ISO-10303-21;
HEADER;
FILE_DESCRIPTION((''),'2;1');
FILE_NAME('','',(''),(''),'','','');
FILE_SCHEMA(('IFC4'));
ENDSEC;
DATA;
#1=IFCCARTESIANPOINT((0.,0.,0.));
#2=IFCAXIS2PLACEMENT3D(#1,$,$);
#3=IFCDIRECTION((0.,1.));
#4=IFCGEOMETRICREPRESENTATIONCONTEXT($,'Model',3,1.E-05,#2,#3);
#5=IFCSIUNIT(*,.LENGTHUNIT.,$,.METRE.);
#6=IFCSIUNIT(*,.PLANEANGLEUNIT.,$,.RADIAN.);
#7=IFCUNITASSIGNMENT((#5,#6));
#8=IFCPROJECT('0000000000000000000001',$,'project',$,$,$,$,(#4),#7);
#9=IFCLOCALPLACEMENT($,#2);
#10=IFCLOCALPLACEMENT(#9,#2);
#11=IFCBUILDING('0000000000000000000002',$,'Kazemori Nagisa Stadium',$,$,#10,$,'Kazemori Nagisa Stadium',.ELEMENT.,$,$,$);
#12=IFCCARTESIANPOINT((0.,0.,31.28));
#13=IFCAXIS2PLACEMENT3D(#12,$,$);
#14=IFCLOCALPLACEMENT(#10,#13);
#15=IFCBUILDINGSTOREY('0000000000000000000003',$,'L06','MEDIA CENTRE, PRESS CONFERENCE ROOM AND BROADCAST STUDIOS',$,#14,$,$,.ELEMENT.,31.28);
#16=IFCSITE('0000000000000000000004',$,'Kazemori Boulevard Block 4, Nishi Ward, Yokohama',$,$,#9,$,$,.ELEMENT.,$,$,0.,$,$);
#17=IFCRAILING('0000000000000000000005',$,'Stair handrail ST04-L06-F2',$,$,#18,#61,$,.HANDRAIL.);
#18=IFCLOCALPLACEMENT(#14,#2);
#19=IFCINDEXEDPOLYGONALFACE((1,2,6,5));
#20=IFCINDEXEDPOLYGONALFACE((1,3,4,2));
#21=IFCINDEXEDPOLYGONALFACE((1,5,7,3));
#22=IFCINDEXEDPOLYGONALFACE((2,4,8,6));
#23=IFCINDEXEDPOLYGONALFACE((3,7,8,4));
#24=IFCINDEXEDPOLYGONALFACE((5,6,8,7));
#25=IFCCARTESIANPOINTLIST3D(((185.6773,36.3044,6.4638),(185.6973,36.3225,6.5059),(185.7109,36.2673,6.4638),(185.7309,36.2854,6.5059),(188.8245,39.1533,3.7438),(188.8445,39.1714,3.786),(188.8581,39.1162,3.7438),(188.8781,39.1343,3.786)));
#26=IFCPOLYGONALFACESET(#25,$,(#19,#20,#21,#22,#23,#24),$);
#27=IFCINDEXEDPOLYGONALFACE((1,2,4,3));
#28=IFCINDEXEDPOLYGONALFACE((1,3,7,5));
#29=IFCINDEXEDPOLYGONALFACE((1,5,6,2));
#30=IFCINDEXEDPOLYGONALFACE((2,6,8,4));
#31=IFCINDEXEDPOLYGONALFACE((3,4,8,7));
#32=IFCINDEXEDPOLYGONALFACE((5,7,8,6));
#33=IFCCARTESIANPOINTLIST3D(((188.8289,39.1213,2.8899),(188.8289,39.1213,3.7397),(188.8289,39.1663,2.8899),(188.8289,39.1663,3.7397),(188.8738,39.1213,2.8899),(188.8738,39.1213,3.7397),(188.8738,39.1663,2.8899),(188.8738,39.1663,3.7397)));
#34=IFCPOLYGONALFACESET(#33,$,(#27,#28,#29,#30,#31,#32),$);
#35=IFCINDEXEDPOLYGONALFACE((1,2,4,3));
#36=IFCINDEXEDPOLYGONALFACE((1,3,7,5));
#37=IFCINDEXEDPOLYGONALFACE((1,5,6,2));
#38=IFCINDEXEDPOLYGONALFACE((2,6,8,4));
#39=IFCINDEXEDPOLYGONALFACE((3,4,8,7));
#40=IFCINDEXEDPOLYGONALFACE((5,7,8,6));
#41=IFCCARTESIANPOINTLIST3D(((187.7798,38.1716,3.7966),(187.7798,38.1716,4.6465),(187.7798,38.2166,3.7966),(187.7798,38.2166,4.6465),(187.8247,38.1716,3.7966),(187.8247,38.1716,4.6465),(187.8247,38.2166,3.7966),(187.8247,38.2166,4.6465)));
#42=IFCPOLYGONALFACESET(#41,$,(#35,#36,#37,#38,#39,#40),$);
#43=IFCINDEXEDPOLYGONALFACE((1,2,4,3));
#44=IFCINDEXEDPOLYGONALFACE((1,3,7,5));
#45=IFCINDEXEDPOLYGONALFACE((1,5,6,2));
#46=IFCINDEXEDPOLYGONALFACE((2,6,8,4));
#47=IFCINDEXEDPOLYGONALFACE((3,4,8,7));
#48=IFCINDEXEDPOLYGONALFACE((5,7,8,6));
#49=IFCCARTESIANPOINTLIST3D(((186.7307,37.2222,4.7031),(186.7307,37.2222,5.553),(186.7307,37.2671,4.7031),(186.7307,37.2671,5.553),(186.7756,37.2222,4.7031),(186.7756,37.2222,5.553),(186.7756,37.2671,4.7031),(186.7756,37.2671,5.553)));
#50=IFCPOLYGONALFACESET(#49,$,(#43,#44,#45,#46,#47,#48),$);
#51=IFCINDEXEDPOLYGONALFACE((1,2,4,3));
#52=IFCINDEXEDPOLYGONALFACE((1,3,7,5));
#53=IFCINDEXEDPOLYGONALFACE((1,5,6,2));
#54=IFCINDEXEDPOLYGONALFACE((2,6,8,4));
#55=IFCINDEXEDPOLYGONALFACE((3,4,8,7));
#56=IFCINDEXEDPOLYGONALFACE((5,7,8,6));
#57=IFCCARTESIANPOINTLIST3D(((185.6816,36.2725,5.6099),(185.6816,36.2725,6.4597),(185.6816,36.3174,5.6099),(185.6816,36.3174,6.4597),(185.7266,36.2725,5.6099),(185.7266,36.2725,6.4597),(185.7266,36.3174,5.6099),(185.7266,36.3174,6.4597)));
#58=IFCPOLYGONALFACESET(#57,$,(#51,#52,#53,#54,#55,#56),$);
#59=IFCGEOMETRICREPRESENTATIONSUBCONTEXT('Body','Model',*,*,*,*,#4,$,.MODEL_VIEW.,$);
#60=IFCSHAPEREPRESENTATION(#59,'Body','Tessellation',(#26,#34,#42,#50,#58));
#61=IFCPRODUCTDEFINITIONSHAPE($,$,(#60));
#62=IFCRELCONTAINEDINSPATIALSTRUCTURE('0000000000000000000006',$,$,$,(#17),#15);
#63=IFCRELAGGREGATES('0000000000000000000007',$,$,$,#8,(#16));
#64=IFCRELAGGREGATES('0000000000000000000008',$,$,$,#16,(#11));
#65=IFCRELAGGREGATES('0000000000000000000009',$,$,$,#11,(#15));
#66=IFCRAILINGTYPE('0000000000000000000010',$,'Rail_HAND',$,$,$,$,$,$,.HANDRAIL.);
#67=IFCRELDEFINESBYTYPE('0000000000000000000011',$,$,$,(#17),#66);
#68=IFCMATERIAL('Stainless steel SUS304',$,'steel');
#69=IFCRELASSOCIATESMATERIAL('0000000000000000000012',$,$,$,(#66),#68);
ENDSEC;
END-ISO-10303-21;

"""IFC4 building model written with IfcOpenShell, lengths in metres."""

from ifc_helpers import new_model, si_unit, direction, frame, origin, origin_2d, place, context, subcontext, project, spatial, rectangle, extrude, material, type_object, element, save


model = new_model("IFC4")

# Units and contexts
model_context = context("Model", 3, precision=1e-05, world=origin(), true_north=direction((0.0, 1.0)))
body_context = subcontext(model_context, "Body", "Model", "MODEL_VIEW")
ifc_project = project(units=[si_unit("LENGTHUNIT", "METRE"), si_unit("PLANEANGLEUNIT", "RADIAN")], contexts=[model_context])

# Site, building, storey
site_placement = place(None, origin())
site = spatial("IfcSite", under=ifc_project, at=site_placement, Name="Kazemori Boulevard Block 4, Nishi Ward, Yokohama", CompositionType="ELEMENT", RefElevation=0.0)
building_placement = place(site_placement, origin())
building = spatial("IfcBuilding", under=site, at=building_placement, Name="Kazemori Nagisa Stadium", LongName="Kazemori Nagisa Stadium", CompositionType="ELEMENT")
storey_placement = place(building_placement, frame((0.0, 0.0, 31.28)))
storey = spatial("IfcBuildingStorey", under=building, at=storey_placement, Name="L06", Description="MEDIA CENTRE, PRESS CONFERENCE ROOM AND BROADCAST STUDIOS", CompositionType="ELEMENT", Elevation=31.28)

# Shared definitions
ifc_material_1 = material(Name="Stainless steel SUS304", Category="steel")

# Railing
railing_type_1 = type_object("IfcRailingType", Name="Rail_HAND", PredefinedType="HANDRAIL", material=ifc_material_1)
railing_1_placement = place(storey_placement, frame((188.8513, 39.1438, 2.8899)))
element("IfcRailing", 1, at=railing_1_placement, inside=storey, type_object=railing_type_1, Name="Stair handrail ST04-L06-F2", PredefinedType="HANDRAIL", context=body_context, shape_type="SweptSolid", body=[
    extrude(rectangle(XDim=0.05, YDim=0.05, at=origin_2d()), frame((0.0, 0.0, 0.875), z_axis=(-0.62423, -0.565056, 0.539489), x_axis=(0.671094, -0.741372, 0.0)), (0.0, 0.0, 1.0), 5.0417),
    extrude(rectangle(XDim=0.0449, YDim=0.0449, at=origin_2d()), origin(), (0.0, 0.0, 1.0), 0.8499),
    extrude(rectangle(XDim=0.0449, YDim=0.0449, at=origin_2d()), frame((-1.0491, -0.9497, 0.9067)), (0.0, 0.0, 1.0), 0.8499),
    extrude(rectangle(XDim=0.0449, YDim=0.0449, at=origin_2d()), frame((-2.0981, -1.8992, 1.8132)), (0.0, 0.0, 1.0), 0.8499),
    extrude(rectangle(XDim=0.0449, YDim=0.0449, at=origin_2d()), frame((-3.1472, -2.8489, 2.72)), (0.0, 0.0, 1.0), 0.8499),
])

save(model, "model.ifc")
